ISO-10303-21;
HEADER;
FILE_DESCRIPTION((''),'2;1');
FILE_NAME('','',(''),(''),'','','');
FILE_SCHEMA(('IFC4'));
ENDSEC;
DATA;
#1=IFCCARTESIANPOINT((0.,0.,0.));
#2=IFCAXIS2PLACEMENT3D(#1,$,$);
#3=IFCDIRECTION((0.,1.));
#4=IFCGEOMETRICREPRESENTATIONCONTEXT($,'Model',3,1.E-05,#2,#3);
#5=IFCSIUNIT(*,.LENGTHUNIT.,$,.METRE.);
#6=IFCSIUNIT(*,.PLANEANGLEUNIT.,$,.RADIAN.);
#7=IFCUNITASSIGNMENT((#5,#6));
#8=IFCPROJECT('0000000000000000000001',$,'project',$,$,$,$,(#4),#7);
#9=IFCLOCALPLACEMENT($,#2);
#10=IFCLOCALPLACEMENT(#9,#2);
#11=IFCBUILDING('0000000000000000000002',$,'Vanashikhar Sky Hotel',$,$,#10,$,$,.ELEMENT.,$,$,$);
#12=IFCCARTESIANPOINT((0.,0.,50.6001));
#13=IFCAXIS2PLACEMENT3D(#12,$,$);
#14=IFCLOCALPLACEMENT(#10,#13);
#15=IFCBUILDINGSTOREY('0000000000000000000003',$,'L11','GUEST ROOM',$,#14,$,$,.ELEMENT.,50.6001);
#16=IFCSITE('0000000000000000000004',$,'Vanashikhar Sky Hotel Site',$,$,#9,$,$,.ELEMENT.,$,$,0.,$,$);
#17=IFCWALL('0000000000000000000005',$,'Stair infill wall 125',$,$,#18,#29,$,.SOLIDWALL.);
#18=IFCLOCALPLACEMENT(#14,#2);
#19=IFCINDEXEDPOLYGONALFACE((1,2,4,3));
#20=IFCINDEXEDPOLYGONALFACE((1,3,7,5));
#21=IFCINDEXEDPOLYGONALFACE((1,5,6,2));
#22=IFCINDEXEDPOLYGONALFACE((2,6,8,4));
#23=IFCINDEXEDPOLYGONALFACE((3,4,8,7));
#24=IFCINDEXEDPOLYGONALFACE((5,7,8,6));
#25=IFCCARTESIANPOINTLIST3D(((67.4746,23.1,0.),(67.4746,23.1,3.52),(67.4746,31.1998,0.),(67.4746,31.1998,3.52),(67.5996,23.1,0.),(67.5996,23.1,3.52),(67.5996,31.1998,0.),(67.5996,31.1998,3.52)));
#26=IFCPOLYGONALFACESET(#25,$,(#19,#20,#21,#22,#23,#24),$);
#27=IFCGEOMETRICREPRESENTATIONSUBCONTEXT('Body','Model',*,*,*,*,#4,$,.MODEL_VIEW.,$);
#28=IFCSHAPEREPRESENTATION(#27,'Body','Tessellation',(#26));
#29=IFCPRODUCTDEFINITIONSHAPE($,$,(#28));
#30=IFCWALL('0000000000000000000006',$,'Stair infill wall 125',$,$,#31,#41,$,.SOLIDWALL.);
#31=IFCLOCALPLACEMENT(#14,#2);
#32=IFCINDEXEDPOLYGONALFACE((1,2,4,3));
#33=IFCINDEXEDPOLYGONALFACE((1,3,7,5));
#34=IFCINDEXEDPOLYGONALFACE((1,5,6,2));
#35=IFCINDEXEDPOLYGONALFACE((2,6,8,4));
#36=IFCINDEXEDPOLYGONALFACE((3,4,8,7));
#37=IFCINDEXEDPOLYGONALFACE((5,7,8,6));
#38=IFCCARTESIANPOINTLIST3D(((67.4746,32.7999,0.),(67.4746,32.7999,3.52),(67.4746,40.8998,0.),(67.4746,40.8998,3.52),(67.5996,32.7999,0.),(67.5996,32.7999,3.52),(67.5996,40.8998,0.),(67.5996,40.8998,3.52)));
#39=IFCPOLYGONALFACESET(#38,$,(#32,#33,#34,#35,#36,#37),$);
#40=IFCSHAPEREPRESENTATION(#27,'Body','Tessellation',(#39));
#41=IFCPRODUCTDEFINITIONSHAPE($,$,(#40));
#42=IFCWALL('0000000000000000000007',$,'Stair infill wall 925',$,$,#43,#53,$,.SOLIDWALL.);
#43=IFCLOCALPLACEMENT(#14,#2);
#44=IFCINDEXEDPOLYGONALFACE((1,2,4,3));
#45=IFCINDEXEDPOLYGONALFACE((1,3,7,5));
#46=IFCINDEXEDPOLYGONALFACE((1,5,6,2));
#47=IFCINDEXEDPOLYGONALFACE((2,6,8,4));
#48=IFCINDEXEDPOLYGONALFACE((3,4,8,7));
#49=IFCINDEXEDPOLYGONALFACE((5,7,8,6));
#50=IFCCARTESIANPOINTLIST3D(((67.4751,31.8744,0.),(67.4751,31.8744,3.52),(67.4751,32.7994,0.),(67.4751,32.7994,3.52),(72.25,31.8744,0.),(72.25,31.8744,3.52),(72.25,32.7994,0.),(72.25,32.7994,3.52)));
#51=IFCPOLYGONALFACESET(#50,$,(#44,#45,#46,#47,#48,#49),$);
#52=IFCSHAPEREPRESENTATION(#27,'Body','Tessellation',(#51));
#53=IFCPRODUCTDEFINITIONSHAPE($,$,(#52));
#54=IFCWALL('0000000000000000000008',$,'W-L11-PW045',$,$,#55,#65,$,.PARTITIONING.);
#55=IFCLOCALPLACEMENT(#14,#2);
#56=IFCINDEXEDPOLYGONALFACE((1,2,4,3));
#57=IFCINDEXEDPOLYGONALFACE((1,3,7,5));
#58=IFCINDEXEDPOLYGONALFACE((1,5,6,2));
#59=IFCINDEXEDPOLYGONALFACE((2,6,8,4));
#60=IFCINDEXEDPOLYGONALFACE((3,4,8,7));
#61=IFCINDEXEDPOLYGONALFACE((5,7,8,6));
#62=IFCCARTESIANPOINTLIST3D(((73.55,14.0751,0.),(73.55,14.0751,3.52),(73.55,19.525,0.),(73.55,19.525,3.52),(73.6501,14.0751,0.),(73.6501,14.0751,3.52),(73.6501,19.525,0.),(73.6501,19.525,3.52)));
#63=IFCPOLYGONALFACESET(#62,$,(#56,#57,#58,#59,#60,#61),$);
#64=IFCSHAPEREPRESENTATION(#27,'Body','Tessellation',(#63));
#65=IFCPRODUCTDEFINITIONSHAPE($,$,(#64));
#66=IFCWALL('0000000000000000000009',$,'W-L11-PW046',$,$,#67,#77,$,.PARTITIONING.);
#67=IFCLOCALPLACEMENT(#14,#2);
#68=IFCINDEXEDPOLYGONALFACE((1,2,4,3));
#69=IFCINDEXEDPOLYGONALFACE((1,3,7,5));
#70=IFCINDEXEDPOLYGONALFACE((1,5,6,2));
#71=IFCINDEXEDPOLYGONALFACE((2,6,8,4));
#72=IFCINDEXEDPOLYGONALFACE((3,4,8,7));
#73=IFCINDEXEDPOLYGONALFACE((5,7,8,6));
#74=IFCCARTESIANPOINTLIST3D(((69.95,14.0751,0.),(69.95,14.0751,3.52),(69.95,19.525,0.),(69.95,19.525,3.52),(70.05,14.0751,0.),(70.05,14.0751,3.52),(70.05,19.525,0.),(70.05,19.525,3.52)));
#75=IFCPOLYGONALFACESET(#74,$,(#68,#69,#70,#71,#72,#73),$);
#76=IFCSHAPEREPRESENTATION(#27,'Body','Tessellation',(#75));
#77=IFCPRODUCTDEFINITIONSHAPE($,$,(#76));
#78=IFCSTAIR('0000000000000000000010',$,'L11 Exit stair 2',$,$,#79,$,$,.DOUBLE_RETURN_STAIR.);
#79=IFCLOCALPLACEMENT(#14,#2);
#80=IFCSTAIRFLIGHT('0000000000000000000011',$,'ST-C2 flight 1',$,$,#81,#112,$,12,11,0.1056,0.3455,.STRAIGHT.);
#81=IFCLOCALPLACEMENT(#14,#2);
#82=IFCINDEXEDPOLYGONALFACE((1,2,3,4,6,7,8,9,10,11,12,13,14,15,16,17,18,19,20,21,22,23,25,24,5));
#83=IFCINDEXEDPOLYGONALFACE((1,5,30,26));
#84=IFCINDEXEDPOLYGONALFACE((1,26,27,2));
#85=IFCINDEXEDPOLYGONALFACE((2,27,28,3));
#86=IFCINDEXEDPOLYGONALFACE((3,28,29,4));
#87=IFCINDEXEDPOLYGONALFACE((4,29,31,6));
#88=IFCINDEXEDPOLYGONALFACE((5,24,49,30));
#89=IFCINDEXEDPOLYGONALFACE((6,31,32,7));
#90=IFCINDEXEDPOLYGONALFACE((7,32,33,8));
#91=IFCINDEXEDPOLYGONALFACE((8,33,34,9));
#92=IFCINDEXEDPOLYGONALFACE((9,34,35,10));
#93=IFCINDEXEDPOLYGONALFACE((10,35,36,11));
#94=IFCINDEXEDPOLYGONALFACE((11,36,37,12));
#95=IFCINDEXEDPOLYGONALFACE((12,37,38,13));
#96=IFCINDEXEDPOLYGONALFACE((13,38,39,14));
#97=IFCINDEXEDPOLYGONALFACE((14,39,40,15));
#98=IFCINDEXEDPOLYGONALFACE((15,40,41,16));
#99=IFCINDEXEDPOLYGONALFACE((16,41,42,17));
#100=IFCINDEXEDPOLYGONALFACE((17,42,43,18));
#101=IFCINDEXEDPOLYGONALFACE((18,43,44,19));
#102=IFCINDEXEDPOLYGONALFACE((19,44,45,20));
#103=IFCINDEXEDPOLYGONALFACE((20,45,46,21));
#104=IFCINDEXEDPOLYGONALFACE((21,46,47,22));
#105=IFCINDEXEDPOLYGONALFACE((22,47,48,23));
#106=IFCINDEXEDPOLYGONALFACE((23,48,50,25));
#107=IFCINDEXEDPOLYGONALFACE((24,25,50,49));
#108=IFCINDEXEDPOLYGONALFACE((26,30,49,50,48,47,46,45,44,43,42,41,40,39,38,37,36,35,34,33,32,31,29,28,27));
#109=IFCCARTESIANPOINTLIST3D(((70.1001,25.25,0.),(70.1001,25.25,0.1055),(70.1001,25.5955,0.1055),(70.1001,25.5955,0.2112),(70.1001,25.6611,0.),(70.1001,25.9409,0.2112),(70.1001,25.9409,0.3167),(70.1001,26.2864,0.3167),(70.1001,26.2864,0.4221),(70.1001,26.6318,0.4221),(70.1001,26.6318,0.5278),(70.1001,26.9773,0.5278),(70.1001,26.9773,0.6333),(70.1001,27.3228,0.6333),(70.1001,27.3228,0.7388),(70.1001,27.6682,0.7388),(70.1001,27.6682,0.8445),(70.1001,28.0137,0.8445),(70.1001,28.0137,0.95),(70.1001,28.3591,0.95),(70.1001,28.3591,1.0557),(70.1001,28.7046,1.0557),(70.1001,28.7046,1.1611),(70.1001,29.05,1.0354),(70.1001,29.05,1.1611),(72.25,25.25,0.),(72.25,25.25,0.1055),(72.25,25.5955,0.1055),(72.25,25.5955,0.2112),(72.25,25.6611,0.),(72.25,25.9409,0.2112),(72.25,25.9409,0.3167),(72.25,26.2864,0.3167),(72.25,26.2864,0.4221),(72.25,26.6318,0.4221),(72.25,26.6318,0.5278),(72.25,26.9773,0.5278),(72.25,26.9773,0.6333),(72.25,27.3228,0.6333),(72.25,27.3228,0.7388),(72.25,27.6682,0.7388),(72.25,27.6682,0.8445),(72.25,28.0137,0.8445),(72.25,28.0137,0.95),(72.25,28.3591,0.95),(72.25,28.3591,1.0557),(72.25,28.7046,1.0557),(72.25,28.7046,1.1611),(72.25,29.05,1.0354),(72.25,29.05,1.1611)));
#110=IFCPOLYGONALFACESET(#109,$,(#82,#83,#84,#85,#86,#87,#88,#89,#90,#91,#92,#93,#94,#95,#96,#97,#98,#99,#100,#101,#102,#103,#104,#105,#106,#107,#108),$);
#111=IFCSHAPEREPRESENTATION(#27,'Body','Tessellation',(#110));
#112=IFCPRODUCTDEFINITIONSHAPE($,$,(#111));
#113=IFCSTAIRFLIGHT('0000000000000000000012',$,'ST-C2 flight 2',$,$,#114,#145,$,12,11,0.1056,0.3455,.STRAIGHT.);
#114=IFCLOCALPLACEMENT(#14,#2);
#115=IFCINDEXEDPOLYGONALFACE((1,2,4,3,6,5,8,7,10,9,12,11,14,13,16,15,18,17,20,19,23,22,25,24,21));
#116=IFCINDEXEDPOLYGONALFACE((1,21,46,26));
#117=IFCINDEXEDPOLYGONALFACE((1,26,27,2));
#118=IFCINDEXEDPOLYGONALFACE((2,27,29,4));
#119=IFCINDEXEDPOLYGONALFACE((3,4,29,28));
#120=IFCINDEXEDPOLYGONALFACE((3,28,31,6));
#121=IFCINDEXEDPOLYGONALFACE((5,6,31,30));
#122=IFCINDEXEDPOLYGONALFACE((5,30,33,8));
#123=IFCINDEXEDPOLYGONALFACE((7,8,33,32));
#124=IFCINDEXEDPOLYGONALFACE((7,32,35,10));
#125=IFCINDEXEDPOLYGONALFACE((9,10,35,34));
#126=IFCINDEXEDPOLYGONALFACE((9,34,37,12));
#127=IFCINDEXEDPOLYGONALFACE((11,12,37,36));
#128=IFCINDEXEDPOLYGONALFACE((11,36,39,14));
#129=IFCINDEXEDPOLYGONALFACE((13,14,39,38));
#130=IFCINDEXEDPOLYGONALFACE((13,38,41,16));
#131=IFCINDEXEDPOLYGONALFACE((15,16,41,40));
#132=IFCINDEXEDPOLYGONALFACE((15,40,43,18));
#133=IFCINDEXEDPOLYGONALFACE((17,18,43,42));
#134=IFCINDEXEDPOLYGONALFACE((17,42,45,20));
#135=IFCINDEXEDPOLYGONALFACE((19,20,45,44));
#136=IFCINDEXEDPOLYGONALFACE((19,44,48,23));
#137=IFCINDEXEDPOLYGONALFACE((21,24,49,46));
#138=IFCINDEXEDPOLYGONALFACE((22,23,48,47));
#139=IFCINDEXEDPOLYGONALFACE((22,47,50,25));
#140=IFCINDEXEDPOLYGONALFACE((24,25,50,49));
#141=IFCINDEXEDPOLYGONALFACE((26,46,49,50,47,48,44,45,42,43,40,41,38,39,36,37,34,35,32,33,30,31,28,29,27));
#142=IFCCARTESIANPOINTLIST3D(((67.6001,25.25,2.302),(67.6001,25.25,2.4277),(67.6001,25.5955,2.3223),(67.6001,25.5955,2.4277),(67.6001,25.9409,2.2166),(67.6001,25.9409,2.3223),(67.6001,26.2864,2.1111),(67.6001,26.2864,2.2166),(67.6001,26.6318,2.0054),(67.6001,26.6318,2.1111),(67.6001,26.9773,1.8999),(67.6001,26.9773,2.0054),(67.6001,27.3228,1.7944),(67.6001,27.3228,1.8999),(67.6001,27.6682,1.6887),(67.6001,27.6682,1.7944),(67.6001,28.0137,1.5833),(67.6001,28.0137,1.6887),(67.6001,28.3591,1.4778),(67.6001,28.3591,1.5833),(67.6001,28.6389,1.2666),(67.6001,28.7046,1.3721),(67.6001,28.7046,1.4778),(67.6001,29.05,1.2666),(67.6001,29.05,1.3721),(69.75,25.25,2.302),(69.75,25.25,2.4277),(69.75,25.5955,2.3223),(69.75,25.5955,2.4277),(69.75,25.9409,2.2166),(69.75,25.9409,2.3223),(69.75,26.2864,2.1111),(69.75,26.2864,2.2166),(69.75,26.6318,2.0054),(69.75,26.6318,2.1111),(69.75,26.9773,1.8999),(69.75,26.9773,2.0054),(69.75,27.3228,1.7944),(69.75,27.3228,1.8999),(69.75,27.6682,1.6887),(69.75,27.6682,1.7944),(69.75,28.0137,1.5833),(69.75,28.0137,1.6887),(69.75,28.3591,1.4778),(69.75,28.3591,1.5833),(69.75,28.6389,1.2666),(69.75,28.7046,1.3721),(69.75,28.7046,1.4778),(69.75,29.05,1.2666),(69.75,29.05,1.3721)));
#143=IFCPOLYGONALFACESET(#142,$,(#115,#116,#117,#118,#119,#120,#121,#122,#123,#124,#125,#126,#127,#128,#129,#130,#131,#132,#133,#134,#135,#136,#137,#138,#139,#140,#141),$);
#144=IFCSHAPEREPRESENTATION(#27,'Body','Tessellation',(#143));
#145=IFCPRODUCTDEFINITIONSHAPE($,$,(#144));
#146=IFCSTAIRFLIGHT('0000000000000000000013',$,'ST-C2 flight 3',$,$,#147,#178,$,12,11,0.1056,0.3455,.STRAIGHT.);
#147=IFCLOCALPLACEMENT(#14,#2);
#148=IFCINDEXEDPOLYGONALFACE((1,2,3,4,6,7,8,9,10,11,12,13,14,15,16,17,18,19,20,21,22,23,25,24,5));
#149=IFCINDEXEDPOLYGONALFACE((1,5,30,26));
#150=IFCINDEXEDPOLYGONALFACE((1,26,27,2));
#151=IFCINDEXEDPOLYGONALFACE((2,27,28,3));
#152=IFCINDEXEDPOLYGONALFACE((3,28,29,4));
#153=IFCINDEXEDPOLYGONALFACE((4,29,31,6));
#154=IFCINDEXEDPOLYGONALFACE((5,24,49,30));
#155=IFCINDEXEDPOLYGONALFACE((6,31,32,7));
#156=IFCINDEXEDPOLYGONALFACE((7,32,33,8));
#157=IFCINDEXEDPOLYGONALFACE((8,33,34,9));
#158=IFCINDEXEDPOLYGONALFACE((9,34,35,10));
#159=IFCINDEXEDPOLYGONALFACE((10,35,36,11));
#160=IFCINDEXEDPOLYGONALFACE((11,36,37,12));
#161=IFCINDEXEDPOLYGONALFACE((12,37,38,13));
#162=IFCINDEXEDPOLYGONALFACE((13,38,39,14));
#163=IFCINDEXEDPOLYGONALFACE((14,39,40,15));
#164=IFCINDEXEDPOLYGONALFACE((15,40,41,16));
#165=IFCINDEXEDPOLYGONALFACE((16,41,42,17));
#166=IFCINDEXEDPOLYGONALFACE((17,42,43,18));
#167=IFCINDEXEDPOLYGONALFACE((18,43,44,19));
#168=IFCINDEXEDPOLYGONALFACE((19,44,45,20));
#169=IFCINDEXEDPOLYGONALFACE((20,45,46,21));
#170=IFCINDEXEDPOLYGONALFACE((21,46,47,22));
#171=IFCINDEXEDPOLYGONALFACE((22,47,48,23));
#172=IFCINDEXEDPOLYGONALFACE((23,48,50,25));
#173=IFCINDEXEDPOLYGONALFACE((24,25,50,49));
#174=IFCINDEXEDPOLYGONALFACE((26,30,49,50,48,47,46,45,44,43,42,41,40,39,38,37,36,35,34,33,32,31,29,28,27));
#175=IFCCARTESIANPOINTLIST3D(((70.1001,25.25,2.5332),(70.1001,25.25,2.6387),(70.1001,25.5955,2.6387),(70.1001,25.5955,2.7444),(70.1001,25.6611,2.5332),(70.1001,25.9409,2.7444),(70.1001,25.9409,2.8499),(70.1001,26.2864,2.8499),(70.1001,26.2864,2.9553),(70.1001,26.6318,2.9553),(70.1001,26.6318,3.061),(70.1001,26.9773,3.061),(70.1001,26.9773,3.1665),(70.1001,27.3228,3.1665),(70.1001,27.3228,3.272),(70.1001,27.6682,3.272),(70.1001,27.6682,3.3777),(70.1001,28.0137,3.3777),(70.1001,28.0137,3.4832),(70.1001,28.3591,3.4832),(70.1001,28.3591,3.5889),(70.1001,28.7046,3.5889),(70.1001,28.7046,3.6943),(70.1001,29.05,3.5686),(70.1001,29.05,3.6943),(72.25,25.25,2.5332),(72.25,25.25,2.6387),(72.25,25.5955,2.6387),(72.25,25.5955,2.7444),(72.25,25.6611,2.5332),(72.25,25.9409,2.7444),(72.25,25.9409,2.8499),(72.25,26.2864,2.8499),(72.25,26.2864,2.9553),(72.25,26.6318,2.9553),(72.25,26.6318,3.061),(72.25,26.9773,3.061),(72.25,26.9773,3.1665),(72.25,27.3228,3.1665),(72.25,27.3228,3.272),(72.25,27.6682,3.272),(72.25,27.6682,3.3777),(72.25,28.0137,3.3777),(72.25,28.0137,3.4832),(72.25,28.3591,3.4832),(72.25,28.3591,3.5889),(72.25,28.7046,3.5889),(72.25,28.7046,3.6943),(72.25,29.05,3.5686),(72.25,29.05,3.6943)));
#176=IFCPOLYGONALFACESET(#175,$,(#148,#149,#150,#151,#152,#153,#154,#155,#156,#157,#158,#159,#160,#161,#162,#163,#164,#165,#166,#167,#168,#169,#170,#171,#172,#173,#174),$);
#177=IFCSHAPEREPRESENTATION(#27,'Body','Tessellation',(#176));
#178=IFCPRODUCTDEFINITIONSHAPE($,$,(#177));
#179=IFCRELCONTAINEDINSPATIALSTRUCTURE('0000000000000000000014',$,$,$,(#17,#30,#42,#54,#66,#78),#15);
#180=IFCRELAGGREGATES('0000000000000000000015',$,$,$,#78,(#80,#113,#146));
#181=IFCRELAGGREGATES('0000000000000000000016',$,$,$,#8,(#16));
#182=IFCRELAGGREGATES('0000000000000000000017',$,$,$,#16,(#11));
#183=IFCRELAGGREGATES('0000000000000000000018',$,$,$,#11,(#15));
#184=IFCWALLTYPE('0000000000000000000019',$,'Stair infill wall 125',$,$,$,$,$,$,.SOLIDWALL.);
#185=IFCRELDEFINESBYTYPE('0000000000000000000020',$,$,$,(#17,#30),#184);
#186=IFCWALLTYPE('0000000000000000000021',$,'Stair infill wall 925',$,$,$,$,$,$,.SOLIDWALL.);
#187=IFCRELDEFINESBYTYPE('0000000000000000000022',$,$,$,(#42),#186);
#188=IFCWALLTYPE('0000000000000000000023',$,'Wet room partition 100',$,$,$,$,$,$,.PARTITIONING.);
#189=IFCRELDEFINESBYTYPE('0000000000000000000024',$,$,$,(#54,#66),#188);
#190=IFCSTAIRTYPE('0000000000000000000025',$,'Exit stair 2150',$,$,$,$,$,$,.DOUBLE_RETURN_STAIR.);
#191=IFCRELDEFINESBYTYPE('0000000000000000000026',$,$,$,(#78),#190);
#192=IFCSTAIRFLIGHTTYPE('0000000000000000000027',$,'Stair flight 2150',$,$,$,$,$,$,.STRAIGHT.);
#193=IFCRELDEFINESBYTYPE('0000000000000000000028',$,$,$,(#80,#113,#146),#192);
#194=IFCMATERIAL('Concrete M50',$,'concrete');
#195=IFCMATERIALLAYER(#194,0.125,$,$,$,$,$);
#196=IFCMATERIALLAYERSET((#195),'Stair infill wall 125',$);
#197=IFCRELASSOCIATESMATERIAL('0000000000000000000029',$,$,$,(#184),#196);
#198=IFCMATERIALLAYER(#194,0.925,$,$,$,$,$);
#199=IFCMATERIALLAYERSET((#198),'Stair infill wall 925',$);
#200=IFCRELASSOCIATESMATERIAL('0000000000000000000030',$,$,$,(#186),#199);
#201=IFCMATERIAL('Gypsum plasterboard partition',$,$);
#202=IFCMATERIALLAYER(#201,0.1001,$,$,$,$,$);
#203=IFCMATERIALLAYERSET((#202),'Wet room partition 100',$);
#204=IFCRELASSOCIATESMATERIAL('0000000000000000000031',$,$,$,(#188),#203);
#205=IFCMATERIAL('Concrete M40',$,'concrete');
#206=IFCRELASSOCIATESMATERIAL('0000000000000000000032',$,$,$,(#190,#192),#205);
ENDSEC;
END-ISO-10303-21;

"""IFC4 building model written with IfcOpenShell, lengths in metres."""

from ifc_helpers import new_model, si_unit, direction, frame, frame_2d, origin, place, context, subcontext, project, spatial, polyline, rectangle, outline, extrude, source, transform, mapped, material, layer, layer_set, type_object, element, aggregate, save


model = new_model("IFC4")

# Units and contexts
model_context = context("Model", 3, precision=1e-05, world=origin(), true_north=direction((0.0, 1.0)))
body_context = subcontext(model_context, "Body", "Model", "MODEL_VIEW")
ifc_project = project(units=[si_unit("LENGTHUNIT", "METRE"), si_unit("PLANEANGLEUNIT", "RADIAN")], contexts=[model_context])

# Site, building, storey
site_placement = place(None, origin())
site = spatial("IfcSite", under=ifc_project, at=site_placement, Name="Vanashikhar Sky Hotel Site", CompositionType="ELEMENT", RefElevation=0.0)
building_placement = place(site_placement, origin())
building = spatial("IfcBuilding", under=site, at=building_placement, Name="Vanashikhar Sky Hotel", CompositionType="ELEMENT")
storey_placement = place(building_placement, frame((0.0, 0.0, 50.6001)))
storey = spatial("IfcBuildingStorey", under=building, at=storey_placement, Name="L11", Description="GUEST ROOM", CompositionType="ELEMENT", Elevation=50.6001)

# Shared definitions
ifc_material_1 = material(Name="Concrete M40", Category="concrete")

# Shared definitions
ifc_material_2 = material(Name="Concrete M50", Category="concrete")

# Walls
ifc_layer_1 = layer(ifc_material_2, 0.125)
ifc_layer_set_1 = layer_set([ifc_layer_1], Name="Stair infill wall 125")
wall_type_1 = type_object("IfcWallType", Name="Stair infill wall 125", PredefinedType="SOLIDWALL", material=ifc_layer_set_1)
shared_shape_1 = source(origin(), body_context, "Body", "SweptSolid", [
    extrude(rectangle(XDim=8.0999, YDim=0.125, at=frame_2d((4.0498, 0.0))), origin(), (0.0, 0.0, 1.0), 3.52),
])
for number, where, z_axis, x_axis, name in (
    (1, (67.5371, 23.1001, 0.0), (0.0, 0.0, 1.0), (0.0, 1.0, 0.0), "Stair infill wall 125"),
    (2, (67.5371, 32.8, 0.0), (0.0, 0.0, 1.0), (0.0, 1.0, 0.0), "Stair infill wall 125"),
):
    element("IfcWall", number, at=place(storey_placement, frame(where, z_axis=z_axis, x_axis=x_axis)), inside=storey, type_object=wall_type_1, Name=name, PredefinedType="SOLIDWALL", context=body_context, shape_type="MappedRepresentation", body=[
        mapped(shared_shape_1, transform((0.0, 0.0, 0.0), scale=1.0)),
    ])
ifc_layer_2 = layer(ifc_material_2, 0.925)
ifc_layer_set_2 = layer_set([ifc_layer_2], Name="Stair infill wall 925")
wall_type_2 = type_object("IfcWallType", Name="Stair infill wall 925", PredefinedType="SOLIDWALL", material=ifc_layer_set_2)
shared_shape_2 = source(origin(), body_context, "Body", "SweptSolid", [
    extrude(rectangle(XDim=4.7749, YDim=0.925, at=frame_2d((2.3875, 0.0))), origin(), (0.0, 0.0, 1.0), 3.52),
])
wall_1_placement = place(storey_placement, frame((67.4751, 32.3369, 0.0), z_axis=(0.0, 0.0, 1.0), x_axis=(1.0, 0.0, 0.0)))
element("IfcWall", 3, at=wall_1_placement, inside=storey, type_object=wall_type_2, Name="Stair infill wall 925", PredefinedType="SOLIDWALL", context=body_context, shape_type="MappedRepresentation", body=[
    mapped(shared_shape_2, transform((0.0, 0.0, 0.0), scale=1.0)),
])
ifc_material_3 = material(Name="Gypsum plasterboard partition")
ifc_layer_3 = layer(ifc_material_3, 0.1001)
ifc_layer_set_3 = layer_set([ifc_layer_3], Name="Wet room partition 100")
wall_type_3 = type_object("IfcWallType", Name="Wet room partition 100", PredefinedType="PARTITIONING", material=ifc_layer_set_3)
shared_shape_3 = source(origin(), body_context, "Body", "SweptSolid", [
    extrude(rectangle(XDim=5.45, YDim=0.1001, at=frame_2d((2.7251, 0.0))), origin(), (0.0, 0.0, 1.0), 3.52),
])
for number, where, z_axis, x_axis, name in (
    (4, (73.6001, 14.075, 0.0), (0.0, 0.0, 1.0), (0.0, 1.0, 0.0), "W-L11-PW045"),
    (5, (70.0, 14.075, 0.0), (0.0, 0.0, 1.0), (0.0, 1.0, 0.0), "W-L11-PW046"),
):
    element("IfcWall", number, at=place(storey_placement, frame(where, z_axis=z_axis, x_axis=x_axis)), inside=storey, type_object=wall_type_3, Name=name, PredefinedType="PARTITIONING", context=body_context, shape_type="MappedRepresentation", body=[
        mapped(shared_shape_3, transform((0.0, 0.0, 0.0), scale=1.0)),
    ])

# Stair, stair flights
stair_type = type_object("IfcStairType", Name="Exit stair 2150", PredefinedType="DOUBLE_RETURN_STAIR", material=ifc_material_1)
stair_1_placement = place(storey_placement, origin())
stair_1 = element("IfcStair", 6, at=stair_1_placement, inside=storey, type_object=stair_type, Name="L11 Exit stair 2", PredefinedType="DOUBLE_RETURN_STAIR")
stair_flight_type = type_object("IfcStairFlightType", Name="Stair flight 2150", PredefinedType="STRAIGHT", material=ifc_material_1)
shared_shape_4 = source(origin(), body_context, "Body", "SweptSolid", [
    extrude(outline(polyline([(0.0, 0.0), (0.0, 0.1055), (0.3455, 0.1055), (0.3455, 0.2112), (0.6909, 0.2112), (0.6909, 0.3167), (1.0364, 0.3167), (1.0364, 0.4221), (1.3818, 0.4221), (1.3818, 0.5278), (1.7273, 0.5278), (1.7273, 0.6333), (2.0728, 0.6333), (2.0728, 0.7388), (2.4182, 0.7388), (2.4182, 0.8445), (2.7637, 0.8445), (2.7637, 0.95), (3.1091, 0.95), (3.1091, 1.0557), (3.4546, 1.0557), (3.4546, 1.1611), (3.8, 1.1611), (3.8, 1.2666), (3.8, 1.0354), (0.4111, 0.0), (0.0, 0.0)])), frame((0.0, 1.075, 0.0), z_axis=(0.0, -1.0, 0.0), x_axis=(1.0, 0.0, 0.0)), (0.0, 0.0, 1.0), 2.1499),
])
stair_flight_1_placement = place(storey_placement, frame((71.175, 25.25, 0.0), z_axis=(0.0, 0.0, 1.0), x_axis=(0.0, 1.0, 0.0)))
stair_flight_1 = element("IfcStairFlight", 7, at=stair_flight_1_placement, type_object=stair_flight_type, Name="ST-C2 flight 1", NumberOfRisers=12, NumberOfTreads=11, PredefinedType="STRAIGHT", RiserHeight=0.1056, TreadLength=0.3455, context=body_context, shape_type="MappedRepresentation", body=[
    mapped(shared_shape_4, transform((0.0, 0.0, 0.0), scale=1.0)),
])
stair_flight_2_placement = place(storey_placement, frame((68.675, 29.05, 1.2666), z_axis=(0.0, 0.0, 1.0), x_axis=(0.0, -1.0, 0.0)))
stair_flight_2 = element("IfcStairFlight", 8, at=stair_flight_2_placement, type_object=stair_flight_type, Name="ST-C2 flight 2", NumberOfRisers=12, NumberOfTreads=11, PredefinedType="STRAIGHT", RiserHeight=0.1056, TreadLength=0.3455, context=body_context, shape_type="MappedRepresentation", body=[
    mapped(shared_shape_4, transform((0.0, 0.0, 0.0), scale=1.0)),
])
stair_flight_3_placement = place(storey_placement, frame((71.175, 25.25, 2.5332), z_axis=(0.0, 0.0, 1.0), x_axis=(0.0, 1.0, 0.0)))
stair_flight_3 = element("IfcStairFlight", 9, at=stair_flight_3_placement, type_object=stair_flight_type, Name="ST-C2 flight 3", NumberOfRisers=12, NumberOfTreads=11, PredefinedType="STRAIGHT", RiserHeight=0.1056, TreadLength=0.3455, context=body_context, shape_type="MappedRepresentation", body=[
    mapped(shared_shape_4, transform((0.0, 0.0, 0.0), scale=1.0)),
])
aggregate(stair_1, [stair_flight_1, stair_flight_2, stair_flight_3])

save(model, "model.ifc")
